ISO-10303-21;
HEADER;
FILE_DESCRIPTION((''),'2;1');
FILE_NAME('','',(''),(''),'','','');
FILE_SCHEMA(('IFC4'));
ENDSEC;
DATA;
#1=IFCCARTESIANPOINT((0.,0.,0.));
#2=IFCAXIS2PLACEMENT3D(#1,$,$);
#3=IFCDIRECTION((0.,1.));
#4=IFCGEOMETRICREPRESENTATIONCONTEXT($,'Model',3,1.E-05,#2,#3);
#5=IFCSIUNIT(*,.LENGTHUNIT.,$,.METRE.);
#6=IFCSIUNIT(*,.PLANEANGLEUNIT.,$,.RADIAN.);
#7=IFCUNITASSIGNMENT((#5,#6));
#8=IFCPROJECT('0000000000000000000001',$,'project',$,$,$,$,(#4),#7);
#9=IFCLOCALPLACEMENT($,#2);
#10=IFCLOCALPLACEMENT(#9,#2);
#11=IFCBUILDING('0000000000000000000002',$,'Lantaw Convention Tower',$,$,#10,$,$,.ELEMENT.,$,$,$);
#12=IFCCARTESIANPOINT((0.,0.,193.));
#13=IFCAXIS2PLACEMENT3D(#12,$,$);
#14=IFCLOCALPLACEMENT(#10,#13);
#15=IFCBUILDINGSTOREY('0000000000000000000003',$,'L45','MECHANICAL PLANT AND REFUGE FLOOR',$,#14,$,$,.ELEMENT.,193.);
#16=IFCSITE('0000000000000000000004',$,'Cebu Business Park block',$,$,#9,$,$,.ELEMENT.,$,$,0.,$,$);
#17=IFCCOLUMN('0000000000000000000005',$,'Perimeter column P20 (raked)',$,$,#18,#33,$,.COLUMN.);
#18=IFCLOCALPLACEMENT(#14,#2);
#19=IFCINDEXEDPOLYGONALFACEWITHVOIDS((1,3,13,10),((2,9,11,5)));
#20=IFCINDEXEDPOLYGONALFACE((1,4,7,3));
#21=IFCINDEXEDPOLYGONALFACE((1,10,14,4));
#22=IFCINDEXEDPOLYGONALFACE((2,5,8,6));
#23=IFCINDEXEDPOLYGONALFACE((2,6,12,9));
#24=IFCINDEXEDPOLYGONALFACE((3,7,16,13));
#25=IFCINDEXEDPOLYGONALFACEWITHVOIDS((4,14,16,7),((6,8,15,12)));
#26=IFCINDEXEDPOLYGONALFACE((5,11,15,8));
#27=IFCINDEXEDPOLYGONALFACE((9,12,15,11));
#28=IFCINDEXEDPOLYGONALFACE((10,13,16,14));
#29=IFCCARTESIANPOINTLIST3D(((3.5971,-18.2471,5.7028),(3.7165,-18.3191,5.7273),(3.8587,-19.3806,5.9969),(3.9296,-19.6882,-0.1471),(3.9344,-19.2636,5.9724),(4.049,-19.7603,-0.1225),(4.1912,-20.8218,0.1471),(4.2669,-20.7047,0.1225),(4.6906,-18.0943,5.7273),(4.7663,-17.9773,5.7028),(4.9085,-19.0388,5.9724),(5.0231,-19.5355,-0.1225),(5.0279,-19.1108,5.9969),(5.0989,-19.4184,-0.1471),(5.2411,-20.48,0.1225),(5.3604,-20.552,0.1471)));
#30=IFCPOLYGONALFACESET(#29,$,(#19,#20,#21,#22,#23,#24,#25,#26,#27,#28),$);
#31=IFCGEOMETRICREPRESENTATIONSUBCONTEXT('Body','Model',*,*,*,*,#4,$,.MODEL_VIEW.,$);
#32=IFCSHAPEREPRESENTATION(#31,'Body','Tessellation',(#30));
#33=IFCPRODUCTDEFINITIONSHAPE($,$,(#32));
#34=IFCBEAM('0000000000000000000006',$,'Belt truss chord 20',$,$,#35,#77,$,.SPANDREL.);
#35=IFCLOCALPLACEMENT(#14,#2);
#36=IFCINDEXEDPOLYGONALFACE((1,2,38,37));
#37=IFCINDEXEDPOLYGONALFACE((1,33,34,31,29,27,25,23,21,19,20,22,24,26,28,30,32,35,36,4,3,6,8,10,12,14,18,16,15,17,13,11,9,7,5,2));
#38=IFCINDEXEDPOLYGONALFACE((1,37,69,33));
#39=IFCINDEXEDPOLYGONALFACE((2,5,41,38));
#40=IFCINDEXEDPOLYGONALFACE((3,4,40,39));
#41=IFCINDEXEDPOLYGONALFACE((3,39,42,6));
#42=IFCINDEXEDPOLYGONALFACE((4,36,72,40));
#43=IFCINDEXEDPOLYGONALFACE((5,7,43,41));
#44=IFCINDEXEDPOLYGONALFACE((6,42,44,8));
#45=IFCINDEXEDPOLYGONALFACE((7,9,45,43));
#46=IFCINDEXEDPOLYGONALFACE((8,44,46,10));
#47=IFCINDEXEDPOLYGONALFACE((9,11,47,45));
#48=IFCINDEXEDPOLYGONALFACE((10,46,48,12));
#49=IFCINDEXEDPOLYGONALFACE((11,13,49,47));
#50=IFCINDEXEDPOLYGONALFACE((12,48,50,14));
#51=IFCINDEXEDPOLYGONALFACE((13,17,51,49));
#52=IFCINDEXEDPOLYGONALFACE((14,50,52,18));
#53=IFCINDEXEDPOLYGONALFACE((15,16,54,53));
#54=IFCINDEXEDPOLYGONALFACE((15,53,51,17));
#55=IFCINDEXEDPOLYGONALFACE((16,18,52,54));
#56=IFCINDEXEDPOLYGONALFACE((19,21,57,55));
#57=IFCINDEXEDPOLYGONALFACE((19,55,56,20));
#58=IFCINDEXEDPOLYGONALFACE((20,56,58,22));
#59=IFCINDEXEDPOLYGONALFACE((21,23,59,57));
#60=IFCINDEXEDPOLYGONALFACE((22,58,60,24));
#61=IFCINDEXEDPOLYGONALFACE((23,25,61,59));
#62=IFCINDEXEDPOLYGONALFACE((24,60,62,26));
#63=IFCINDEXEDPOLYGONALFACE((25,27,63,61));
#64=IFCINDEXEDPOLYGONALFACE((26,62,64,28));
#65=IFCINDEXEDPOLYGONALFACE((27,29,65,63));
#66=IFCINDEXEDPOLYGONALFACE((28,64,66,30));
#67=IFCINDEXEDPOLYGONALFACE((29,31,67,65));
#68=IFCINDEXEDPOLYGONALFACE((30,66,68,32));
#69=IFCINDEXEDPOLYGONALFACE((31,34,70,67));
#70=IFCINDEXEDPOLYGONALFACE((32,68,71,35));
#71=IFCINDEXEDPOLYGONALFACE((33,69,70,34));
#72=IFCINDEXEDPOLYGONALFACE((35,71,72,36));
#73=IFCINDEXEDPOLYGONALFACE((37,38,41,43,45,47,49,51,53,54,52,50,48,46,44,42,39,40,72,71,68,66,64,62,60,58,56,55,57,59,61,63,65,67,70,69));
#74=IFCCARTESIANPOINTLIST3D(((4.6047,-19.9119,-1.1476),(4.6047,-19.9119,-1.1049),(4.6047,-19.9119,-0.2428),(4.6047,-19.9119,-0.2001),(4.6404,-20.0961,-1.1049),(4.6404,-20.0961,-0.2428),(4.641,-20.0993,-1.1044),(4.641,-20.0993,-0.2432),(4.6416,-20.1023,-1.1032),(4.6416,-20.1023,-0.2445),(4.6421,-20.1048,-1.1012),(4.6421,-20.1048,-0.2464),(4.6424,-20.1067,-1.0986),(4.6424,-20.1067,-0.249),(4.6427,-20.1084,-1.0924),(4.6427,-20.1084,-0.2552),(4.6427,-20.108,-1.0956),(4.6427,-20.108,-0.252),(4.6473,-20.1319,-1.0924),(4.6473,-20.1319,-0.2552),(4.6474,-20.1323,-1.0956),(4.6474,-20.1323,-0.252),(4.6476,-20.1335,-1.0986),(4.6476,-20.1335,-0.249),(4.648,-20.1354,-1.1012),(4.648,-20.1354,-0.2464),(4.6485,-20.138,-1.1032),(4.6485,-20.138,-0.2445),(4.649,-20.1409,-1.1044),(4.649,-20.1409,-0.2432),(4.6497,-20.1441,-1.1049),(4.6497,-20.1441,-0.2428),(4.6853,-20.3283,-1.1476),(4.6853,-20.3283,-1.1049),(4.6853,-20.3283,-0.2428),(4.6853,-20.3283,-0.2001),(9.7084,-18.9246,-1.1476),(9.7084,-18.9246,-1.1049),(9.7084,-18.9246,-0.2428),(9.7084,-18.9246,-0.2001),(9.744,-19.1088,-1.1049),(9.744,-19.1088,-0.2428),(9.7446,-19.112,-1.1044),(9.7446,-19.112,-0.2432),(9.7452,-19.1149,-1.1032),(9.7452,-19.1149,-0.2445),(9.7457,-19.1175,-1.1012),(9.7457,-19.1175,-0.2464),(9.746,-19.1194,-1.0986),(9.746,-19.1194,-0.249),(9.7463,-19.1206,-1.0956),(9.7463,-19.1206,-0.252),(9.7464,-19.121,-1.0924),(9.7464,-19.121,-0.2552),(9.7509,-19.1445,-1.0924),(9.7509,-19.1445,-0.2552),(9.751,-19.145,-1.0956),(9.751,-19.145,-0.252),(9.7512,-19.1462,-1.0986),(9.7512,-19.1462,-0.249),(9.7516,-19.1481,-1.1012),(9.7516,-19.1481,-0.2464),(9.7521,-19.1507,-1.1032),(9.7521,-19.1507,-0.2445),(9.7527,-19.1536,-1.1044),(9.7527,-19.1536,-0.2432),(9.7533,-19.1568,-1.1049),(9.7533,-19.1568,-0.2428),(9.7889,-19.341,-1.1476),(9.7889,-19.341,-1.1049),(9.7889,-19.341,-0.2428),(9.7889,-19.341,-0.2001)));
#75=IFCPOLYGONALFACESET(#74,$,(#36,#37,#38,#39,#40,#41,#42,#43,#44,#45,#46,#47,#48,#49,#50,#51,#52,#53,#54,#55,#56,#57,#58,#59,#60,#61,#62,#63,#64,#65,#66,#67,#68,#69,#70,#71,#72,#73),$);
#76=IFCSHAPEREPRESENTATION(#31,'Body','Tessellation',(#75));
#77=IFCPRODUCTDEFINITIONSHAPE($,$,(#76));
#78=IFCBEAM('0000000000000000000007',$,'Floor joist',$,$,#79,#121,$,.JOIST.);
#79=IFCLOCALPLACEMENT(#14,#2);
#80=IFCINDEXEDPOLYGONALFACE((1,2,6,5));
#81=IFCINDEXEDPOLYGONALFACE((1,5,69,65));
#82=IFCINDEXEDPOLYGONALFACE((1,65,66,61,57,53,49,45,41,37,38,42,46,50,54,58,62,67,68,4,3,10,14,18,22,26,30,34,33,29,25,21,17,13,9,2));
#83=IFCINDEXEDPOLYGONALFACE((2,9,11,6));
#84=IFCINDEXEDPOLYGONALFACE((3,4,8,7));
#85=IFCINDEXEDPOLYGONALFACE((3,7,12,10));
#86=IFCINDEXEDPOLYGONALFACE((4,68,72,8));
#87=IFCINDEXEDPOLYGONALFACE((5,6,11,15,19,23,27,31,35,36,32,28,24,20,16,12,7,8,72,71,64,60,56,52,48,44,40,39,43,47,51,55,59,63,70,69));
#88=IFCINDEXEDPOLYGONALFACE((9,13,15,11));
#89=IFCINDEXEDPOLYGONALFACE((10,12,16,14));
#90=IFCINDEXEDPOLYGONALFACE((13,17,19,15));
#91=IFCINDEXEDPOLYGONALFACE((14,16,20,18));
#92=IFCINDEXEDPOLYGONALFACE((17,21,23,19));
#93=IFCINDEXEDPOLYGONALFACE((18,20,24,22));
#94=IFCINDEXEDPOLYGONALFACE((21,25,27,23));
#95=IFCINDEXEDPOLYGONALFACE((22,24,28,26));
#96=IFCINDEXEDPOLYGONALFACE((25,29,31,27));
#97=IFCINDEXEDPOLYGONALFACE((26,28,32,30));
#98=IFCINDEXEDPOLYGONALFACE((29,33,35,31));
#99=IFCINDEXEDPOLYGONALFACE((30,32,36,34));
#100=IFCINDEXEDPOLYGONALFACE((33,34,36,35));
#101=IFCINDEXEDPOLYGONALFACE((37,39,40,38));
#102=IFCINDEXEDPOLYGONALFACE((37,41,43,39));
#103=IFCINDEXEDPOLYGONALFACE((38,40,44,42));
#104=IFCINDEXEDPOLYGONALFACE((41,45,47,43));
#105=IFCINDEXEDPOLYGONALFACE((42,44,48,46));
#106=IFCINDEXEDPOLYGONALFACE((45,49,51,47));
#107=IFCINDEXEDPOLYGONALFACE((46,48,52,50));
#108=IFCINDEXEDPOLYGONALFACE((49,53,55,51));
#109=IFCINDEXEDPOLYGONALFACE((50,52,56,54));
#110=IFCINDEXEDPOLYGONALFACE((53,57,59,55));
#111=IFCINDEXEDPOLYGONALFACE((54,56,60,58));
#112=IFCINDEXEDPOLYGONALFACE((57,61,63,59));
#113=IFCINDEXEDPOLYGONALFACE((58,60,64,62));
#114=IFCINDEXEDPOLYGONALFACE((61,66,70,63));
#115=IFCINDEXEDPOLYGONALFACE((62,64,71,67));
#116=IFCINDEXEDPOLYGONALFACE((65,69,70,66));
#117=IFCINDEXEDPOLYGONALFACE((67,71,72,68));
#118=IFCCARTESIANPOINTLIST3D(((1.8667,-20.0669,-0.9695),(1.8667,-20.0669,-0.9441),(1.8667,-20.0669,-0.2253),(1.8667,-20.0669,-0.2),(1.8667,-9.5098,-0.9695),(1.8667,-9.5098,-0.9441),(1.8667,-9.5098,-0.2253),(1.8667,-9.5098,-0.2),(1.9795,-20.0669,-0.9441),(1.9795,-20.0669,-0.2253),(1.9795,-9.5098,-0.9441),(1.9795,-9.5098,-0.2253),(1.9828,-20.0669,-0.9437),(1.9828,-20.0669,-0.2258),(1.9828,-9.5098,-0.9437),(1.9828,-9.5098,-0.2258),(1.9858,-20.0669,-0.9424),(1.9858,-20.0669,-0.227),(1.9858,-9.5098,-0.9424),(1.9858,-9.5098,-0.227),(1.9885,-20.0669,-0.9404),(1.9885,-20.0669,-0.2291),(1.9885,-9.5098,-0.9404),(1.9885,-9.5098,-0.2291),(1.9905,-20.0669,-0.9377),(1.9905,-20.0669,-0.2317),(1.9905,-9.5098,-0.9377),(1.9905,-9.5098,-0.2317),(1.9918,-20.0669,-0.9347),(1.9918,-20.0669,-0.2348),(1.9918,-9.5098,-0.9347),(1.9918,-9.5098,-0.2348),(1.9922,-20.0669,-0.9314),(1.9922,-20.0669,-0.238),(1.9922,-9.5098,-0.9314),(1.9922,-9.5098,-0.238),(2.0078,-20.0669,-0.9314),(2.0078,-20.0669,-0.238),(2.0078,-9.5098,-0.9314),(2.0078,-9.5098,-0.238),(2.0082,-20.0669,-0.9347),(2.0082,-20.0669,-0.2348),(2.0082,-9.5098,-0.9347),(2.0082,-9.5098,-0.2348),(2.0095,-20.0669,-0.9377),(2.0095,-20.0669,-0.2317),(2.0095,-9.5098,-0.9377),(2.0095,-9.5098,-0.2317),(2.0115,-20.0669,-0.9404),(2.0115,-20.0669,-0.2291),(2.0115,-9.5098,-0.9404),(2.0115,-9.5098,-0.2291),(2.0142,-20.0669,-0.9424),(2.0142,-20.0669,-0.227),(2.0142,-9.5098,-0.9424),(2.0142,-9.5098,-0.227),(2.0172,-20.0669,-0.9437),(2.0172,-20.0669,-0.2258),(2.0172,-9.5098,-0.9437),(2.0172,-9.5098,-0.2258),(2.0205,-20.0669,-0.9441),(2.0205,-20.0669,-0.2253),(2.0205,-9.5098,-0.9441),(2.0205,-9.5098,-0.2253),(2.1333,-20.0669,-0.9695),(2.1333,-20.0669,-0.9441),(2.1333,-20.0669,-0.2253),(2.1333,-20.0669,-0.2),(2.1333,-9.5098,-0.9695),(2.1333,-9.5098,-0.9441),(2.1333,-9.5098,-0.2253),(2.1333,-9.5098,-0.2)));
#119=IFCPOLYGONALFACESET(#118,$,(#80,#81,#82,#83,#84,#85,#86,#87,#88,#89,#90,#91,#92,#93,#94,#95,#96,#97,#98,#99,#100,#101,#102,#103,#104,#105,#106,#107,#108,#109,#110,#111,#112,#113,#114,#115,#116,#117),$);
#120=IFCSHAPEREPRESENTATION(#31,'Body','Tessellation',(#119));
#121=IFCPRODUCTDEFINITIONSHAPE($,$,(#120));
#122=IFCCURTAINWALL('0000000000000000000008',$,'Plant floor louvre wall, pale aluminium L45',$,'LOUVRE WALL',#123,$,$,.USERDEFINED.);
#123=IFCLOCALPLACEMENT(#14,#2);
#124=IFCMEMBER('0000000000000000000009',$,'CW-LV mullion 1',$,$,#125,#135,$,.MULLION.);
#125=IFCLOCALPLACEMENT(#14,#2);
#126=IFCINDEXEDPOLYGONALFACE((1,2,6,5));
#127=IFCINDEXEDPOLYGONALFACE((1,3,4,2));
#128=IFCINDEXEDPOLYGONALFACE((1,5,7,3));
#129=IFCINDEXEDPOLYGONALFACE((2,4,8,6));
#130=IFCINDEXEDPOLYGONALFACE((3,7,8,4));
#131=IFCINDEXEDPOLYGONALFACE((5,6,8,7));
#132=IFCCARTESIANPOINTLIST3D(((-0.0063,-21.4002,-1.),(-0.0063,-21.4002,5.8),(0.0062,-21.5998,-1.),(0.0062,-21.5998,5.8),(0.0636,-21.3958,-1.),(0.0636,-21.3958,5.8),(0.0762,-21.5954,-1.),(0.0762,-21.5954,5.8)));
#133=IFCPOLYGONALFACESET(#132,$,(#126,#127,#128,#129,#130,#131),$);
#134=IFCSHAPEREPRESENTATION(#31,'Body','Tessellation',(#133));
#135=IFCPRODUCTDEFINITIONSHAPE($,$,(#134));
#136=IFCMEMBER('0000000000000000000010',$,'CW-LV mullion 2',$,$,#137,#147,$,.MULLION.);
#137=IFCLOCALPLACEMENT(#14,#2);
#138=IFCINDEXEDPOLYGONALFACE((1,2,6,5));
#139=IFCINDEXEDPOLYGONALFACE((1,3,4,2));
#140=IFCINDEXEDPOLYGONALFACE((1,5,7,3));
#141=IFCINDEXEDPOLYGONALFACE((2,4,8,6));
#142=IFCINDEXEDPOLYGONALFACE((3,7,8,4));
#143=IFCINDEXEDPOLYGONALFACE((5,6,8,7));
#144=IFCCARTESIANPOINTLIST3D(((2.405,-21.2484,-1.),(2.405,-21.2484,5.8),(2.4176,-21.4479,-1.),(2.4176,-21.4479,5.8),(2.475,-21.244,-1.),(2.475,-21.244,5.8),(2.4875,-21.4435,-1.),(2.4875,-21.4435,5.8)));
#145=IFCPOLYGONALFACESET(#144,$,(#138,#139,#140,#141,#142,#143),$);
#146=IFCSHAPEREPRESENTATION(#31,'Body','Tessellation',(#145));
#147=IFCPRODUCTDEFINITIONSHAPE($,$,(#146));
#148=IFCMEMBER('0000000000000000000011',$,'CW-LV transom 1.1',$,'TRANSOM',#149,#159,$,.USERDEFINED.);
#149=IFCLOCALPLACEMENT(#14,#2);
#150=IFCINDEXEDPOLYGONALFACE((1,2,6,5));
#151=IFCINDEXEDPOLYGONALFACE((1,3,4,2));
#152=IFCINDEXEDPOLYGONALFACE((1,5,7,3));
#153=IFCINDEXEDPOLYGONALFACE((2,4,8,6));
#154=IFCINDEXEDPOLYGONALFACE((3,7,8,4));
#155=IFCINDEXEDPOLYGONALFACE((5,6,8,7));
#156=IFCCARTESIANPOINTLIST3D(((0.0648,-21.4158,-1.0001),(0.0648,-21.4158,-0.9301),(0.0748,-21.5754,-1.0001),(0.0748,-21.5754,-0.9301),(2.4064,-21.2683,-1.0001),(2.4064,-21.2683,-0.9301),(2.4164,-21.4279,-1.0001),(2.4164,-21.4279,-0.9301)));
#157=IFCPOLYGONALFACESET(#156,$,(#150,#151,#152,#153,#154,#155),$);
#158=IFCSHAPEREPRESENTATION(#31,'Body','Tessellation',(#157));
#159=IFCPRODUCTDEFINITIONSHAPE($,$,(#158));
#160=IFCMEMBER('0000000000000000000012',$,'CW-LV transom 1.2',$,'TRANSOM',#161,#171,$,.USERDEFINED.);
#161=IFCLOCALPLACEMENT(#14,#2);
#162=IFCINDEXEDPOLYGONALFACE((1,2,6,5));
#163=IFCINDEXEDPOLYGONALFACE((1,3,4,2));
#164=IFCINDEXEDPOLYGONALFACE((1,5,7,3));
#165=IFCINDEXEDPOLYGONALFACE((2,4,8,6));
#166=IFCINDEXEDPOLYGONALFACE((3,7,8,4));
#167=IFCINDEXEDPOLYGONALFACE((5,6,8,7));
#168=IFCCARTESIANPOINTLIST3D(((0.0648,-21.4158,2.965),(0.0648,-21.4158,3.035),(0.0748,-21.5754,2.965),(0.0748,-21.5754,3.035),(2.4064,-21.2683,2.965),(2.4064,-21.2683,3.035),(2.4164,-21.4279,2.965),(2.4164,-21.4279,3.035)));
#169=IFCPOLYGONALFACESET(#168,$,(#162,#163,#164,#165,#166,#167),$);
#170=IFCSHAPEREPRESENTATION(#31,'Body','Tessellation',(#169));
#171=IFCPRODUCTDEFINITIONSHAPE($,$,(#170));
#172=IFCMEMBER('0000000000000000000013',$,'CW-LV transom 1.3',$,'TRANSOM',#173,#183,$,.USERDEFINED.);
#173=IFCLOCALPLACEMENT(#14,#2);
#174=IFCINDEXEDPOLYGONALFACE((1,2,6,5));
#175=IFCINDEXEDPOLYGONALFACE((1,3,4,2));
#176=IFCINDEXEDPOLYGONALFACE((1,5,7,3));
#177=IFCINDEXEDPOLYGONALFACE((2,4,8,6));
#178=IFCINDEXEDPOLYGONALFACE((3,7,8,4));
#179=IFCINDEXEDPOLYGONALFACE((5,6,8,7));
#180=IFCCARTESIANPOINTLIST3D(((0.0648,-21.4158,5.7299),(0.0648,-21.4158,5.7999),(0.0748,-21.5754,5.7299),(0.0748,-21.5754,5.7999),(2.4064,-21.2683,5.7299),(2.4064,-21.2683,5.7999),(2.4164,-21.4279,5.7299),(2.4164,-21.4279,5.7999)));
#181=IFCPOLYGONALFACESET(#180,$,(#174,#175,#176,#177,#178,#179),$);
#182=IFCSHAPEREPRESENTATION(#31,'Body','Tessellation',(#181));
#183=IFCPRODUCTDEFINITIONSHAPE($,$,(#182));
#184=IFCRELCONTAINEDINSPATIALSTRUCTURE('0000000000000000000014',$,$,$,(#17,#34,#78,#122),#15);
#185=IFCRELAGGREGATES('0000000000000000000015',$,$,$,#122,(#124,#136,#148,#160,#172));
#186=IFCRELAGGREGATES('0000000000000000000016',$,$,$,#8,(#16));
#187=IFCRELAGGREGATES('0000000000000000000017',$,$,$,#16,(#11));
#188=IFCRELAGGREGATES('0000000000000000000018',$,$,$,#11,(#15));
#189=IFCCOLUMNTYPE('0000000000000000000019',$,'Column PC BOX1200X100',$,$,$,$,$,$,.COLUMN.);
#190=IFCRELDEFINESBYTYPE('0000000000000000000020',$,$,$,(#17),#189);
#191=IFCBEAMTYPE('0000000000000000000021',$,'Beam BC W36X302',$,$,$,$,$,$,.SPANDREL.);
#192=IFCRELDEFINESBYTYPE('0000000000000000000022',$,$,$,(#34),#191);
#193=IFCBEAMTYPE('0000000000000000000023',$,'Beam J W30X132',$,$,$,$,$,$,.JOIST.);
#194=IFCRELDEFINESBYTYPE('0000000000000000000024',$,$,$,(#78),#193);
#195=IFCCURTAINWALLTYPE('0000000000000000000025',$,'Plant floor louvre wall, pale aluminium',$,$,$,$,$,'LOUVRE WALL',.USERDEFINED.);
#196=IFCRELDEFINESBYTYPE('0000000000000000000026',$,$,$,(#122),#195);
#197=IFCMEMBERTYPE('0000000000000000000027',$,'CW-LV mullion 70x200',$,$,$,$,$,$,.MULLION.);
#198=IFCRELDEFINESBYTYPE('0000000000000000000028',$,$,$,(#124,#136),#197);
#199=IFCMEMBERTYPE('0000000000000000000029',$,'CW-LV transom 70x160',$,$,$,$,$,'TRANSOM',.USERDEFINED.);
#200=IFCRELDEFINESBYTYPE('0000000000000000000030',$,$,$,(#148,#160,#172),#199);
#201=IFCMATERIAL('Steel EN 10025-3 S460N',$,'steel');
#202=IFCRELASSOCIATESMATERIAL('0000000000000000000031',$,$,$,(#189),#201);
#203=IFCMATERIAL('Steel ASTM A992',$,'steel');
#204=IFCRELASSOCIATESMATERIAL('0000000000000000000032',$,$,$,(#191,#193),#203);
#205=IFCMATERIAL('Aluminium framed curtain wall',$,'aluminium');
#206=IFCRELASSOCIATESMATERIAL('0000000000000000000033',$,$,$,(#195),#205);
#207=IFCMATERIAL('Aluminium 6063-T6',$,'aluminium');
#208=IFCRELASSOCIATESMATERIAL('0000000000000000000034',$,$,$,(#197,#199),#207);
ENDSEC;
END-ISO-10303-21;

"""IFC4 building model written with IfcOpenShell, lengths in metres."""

from ifc_helpers import new_model, si_unit, direction, frame, origin, origin_2d, place, context, subcontext, project, spatial, rectangle, hollow_rectangle, i_section, extrude, material, material_profile, profile_set, type_object, element, aggregate, save


model = new_model("IFC4")

# Units and contexts
model_context = context("Model", 3, precision=1e-05, world=origin(), true_north=direction((0.0, 1.0)))
body_context = subcontext(model_context, "Body", "Model", "MODEL_VIEW")
ifc_project = project(units=[si_unit("LENGTHUNIT", "METRE"), si_unit("PLANEANGLEUNIT", "RADIAN")], contexts=[model_context])

# Site, building, storey
site_placement = place(None, origin())
site = spatial("IfcSite", under=ifc_project, at=site_placement, Name="Cebu Business Park block", CompositionType="ELEMENT", RefElevation=0.0)
building_placement = place(site_placement, origin())
building = spatial("IfcBuilding", under=site, at=building_placement, Name="Lantaw Convention Tower", CompositionType="ELEMENT")
storey_placement = place(building_placement, frame((0.0, 0.0, 193.0)))
storey = spatial("IfcBuildingStorey", under=building, at=storey_placement, Name="L45", Description="MECHANICAL PLANT AND REFUGE FLOOR", CompositionType="ELEMENT", Elevation=193.0)

# Column
ifc_material_1 = material(Name="Steel EN 10025-3 S460N", Category="steel")
ifc_material_profile_1 = material_profile(ifc_material_1, hollow_rectangle(XDim=1.2, YDim=1.2, WallThickness=0.1001, at=origin_2d()), Name="BOX1200X100")
ifc_material_2 = material(Name="Concrete C60/75", Category="concrete")
ifc_material_profile_2 = material_profile(ifc_material_2, rectangle(XDim=1.0, YDim=1.0, at=origin_2d()), Name="Concrete fill of BOX1200X100")
ifc_profile_set_1 = profile_set([ifc_material_profile_1, ifc_material_profile_2], Name="Steel EN 10025-3 S460N")
column_type = type_object("IfcColumnType", Name="Column PC BOX1200X100", PredefinedType="COLUMN", material=ifc_profile_set_1)
column_placement = place(storey_placement, frame((4.645, -20.1201, 0.0), z_axis=(-0.055108, 0.238843, 0.969493), x_axis=(-0.9744, -0.224823, 0.0)))
element("IfcColumn", 1, at=column_placement, inside=storey, type_object=column_type, Name="Perimeter column P20 (raked)", PredefinedType="COLUMN", context=body_context, shape_type="SweptSolid", body=[
    extrude(hollow_rectangle(XDim=1.2, YDim=1.2, WallThickness=0.1001, at=origin_2d()), origin(), (0.0, 0.0, 1.0), 6.0339),
])

# Beams
ifc_material_3 = material(Name="Steel ASTM A992", Category="steel")
ifc_material_profile_3 = material_profile(ifc_material_3, i_section(OverallWidth=0.4241, OverallDepth=0.9475, WebThickness=0.0239, FlangeThickness=0.0427, FilletRadius=0.0125, at=origin_2d()), Name="W36X302")
ifc_profile_set_2 = profile_set([ifc_material_profile_3], Name="Steel ASTM A992")
beam_type_1 = type_object("IfcBeamType", Name="Beam BC W36X302", PredefinedType="SPANDREL", material=ifc_profile_set_2)
beam_1_placement = place(storey_placement, frame((4.645, -20.1201, -0.6738), z_axis=(0.981797, 0.189934, 0.0), x_axis=(-0.189934, 0.981797, 0.0)))
element("IfcBeam", 2, at=beam_1_placement, inside=storey, type_object=beam_type_1, Name="Belt truss chord 20", PredefinedType="SPANDREL", context=body_context, shape_type="SweptSolid", body=[
    extrude(i_section(OverallWidth=0.4241, OverallDepth=0.9475, WebThickness=0.0239, FlangeThickness=0.0427, FilletRadius=0.0125, at=origin_2d()), origin(), (0.0, 0.0, 1.0), 5.1982),
])
ifc_material_profile_4 = material_profile(ifc_material_3, i_section(OverallWidth=0.2666, OverallDepth=0.7695, WebThickness=0.0156, FlangeThickness=0.0254, FilletRadius=0.0127, at=origin_2d()), Name="W30X132")
ifc_profile_set_3 = profile_set([ifc_material_profile_4], Name="Steel ASTM A992")
beam_type_2 = type_object("IfcBeamType", Name="Beam J W30X132", PredefinedType="JOIST", material=ifc_profile_set_3)
beam_2_placement = place(storey_placement, frame((2.0, -20.0669, -0.5847), z_axis=(0.0, 1.0, 0.0), x_axis=(-1.0, 0.0, 0.0)))
element("IfcBeam", 3, at=beam_2_placement, inside=storey, type_object=beam_type_2, Name="Floor joist", PredefinedType="JOIST", context=body_context, shape_type="SweptSolid", body=[
    extrude(i_section(OverallWidth=0.2666, OverallDepth=0.7695, WebThickness=0.0156, FlangeThickness=0.0254, FilletRadius=0.0127, at=origin_2d()), origin(), (0.0, 0.0, 1.0), 10.5571),
])

# Curtain wall, members
ifc_material_4 = material(Name="Aluminium framed curtain wall", Category="aluminium")
curtain_wall_type = type_object("IfcCurtainWallType", Name="Plant floor louvre wall, pale aluminium", ElementType="LOUVRE WALL", PredefinedType="USERDEFINED", material=ifc_material_4)
curtain_wall_placement = place(storey_placement, origin())
curtain_wall = element("IfcCurtainWall", 4, at=curtain_wall_placement, inside=storey, type_object=curtain_wall_type, Name="Plant floor louvre wall, pale aluminium L45", ObjectType="LOUVRE WALL", PredefinedType="USERDEFINED")
ifc_material_5 = material(Name="Aluminium 6063-T6", Category="aluminium")
ifc_material_profile_5 = material_profile(ifc_material_5, rectangle(XDim=0.2, YDim=0.0701, at=origin_2d()), Name="CW-LV mullion 70x200")
ifc_profile_set_4 = profile_set([ifc_material_profile_5], Name="Aluminium 6063-T6")
member_type_1 = type_object("IfcMemberType", Name="CW-LV mullion 70x200", PredefinedType="MULLION", material=ifc_profile_set_4)
member_1_placement = place(storey_placement, frame((0.0349, -21.4978, -1.0), z_axis=(0.0, 0.0, 1.0), x_axis=(-0.062865, 0.998022, 0.0)))
member_1 = element("IfcMember", 5, at=member_1_placement, type_object=member_type_1, Name="CW-LV mullion 1", PredefinedType="MULLION", context=body_context, shape_type="SweptSolid", body=[
    extrude(rectangle(XDim=0.2, YDim=0.0701, at=origin_2d()), origin(), (0.0, 0.0, 1.0), 6.8),
])
member_2_placement = place(storey_placement, frame((2.4463, -21.3459, -1.0), z_axis=(0.0, 0.0, 1.0), x_axis=(-0.062865, 0.998022, 0.0)))
member_2 = element("IfcMember", 6, at=member_2_placement, type_object=member_type_1, Name="CW-LV mullion 2", PredefinedType="MULLION", context=body_context, shape_type="SweptSolid", body=[
    extrude(rectangle(XDim=0.2, YDim=0.0701, at=origin_2d()), origin(), (0.0, 0.0, 1.0), 6.8),
])
ifc_material_profile_6 = material_profile(ifc_material_5, rectangle(XDim=0.1599, YDim=0.0701, at=origin_2d()), Name="CW-LV transom 70x160")
ifc_profile_set_5 = profile_set([ifc_material_profile_6], Name="Aluminium 6063-T6")
member_type_2 = type_object("IfcMemberType", Name="CW-LV transom 70x160", ElementType="TRANSOM", PredefinedType="USERDEFINED", material=ifc_profile_set_5)
member_3_placement = place(storey_placement, frame((0.0698, -21.4956, -0.9651), z_axis=(0.998023, 0.062851, 0.0), x_axis=(-0.062851, 0.998023, 0.0)))
member_3 = element("IfcMember", 7, at=member_3_placement, type_object=member_type_2, Name="CW-LV transom 1.1", ObjectType="TRANSOM", PredefinedType="USERDEFINED", context=body_context, shape_type="SweptSolid", body=[
    extrude(rectangle(XDim=0.1599, YDim=0.0701, at=origin_2d()), origin(), (0.0, 0.0, 1.0), 2.3462),
])
member_4_placement = place(storey_placement, frame((0.0698, -21.4956, 3.0), z_axis=(0.998023, 0.062851, 0.0), x_axis=(-0.062851, 0.998023, 0.0)))
member_4 = element("IfcMember", 8, at=member_4_placement, type_object=member_type_2, Name="CW-LV transom 1.2", ObjectType="TRANSOM", PredefinedType="USERDEFINED", context=body_context, shape_type="SweptSolid", body=[
    extrude(rectangle(XDim=0.1599, YDim=0.0701, at=origin_2d()), origin(), (0.0, 0.0, 1.0), 2.3462),
])
member_5_placement = place(storey_placement, frame((0.0698, -21.4956, 5.7649), z_axis=(0.998023, 0.062851, 0.0), x_axis=(-0.062851, 0.998023, 0.0)))
member_5 = element("IfcMember", 9, at=member_5_placement, type_object=member_type_2, Name="CW-LV transom 1.3", ObjectType="TRANSOM", PredefinedType="USERDEFINED", context=body_context, shape_type="SweptSolid", body=[
    extrude(rectangle(XDim=0.1599, YDim=0.0701, at=origin_2d()), origin(), (0.0, 0.0, 1.0), 2.3462),
])

aggregate(curtain_wall, [member_1, member_2, member_3, member_4, member_5])

save(model, "model.ifc")
